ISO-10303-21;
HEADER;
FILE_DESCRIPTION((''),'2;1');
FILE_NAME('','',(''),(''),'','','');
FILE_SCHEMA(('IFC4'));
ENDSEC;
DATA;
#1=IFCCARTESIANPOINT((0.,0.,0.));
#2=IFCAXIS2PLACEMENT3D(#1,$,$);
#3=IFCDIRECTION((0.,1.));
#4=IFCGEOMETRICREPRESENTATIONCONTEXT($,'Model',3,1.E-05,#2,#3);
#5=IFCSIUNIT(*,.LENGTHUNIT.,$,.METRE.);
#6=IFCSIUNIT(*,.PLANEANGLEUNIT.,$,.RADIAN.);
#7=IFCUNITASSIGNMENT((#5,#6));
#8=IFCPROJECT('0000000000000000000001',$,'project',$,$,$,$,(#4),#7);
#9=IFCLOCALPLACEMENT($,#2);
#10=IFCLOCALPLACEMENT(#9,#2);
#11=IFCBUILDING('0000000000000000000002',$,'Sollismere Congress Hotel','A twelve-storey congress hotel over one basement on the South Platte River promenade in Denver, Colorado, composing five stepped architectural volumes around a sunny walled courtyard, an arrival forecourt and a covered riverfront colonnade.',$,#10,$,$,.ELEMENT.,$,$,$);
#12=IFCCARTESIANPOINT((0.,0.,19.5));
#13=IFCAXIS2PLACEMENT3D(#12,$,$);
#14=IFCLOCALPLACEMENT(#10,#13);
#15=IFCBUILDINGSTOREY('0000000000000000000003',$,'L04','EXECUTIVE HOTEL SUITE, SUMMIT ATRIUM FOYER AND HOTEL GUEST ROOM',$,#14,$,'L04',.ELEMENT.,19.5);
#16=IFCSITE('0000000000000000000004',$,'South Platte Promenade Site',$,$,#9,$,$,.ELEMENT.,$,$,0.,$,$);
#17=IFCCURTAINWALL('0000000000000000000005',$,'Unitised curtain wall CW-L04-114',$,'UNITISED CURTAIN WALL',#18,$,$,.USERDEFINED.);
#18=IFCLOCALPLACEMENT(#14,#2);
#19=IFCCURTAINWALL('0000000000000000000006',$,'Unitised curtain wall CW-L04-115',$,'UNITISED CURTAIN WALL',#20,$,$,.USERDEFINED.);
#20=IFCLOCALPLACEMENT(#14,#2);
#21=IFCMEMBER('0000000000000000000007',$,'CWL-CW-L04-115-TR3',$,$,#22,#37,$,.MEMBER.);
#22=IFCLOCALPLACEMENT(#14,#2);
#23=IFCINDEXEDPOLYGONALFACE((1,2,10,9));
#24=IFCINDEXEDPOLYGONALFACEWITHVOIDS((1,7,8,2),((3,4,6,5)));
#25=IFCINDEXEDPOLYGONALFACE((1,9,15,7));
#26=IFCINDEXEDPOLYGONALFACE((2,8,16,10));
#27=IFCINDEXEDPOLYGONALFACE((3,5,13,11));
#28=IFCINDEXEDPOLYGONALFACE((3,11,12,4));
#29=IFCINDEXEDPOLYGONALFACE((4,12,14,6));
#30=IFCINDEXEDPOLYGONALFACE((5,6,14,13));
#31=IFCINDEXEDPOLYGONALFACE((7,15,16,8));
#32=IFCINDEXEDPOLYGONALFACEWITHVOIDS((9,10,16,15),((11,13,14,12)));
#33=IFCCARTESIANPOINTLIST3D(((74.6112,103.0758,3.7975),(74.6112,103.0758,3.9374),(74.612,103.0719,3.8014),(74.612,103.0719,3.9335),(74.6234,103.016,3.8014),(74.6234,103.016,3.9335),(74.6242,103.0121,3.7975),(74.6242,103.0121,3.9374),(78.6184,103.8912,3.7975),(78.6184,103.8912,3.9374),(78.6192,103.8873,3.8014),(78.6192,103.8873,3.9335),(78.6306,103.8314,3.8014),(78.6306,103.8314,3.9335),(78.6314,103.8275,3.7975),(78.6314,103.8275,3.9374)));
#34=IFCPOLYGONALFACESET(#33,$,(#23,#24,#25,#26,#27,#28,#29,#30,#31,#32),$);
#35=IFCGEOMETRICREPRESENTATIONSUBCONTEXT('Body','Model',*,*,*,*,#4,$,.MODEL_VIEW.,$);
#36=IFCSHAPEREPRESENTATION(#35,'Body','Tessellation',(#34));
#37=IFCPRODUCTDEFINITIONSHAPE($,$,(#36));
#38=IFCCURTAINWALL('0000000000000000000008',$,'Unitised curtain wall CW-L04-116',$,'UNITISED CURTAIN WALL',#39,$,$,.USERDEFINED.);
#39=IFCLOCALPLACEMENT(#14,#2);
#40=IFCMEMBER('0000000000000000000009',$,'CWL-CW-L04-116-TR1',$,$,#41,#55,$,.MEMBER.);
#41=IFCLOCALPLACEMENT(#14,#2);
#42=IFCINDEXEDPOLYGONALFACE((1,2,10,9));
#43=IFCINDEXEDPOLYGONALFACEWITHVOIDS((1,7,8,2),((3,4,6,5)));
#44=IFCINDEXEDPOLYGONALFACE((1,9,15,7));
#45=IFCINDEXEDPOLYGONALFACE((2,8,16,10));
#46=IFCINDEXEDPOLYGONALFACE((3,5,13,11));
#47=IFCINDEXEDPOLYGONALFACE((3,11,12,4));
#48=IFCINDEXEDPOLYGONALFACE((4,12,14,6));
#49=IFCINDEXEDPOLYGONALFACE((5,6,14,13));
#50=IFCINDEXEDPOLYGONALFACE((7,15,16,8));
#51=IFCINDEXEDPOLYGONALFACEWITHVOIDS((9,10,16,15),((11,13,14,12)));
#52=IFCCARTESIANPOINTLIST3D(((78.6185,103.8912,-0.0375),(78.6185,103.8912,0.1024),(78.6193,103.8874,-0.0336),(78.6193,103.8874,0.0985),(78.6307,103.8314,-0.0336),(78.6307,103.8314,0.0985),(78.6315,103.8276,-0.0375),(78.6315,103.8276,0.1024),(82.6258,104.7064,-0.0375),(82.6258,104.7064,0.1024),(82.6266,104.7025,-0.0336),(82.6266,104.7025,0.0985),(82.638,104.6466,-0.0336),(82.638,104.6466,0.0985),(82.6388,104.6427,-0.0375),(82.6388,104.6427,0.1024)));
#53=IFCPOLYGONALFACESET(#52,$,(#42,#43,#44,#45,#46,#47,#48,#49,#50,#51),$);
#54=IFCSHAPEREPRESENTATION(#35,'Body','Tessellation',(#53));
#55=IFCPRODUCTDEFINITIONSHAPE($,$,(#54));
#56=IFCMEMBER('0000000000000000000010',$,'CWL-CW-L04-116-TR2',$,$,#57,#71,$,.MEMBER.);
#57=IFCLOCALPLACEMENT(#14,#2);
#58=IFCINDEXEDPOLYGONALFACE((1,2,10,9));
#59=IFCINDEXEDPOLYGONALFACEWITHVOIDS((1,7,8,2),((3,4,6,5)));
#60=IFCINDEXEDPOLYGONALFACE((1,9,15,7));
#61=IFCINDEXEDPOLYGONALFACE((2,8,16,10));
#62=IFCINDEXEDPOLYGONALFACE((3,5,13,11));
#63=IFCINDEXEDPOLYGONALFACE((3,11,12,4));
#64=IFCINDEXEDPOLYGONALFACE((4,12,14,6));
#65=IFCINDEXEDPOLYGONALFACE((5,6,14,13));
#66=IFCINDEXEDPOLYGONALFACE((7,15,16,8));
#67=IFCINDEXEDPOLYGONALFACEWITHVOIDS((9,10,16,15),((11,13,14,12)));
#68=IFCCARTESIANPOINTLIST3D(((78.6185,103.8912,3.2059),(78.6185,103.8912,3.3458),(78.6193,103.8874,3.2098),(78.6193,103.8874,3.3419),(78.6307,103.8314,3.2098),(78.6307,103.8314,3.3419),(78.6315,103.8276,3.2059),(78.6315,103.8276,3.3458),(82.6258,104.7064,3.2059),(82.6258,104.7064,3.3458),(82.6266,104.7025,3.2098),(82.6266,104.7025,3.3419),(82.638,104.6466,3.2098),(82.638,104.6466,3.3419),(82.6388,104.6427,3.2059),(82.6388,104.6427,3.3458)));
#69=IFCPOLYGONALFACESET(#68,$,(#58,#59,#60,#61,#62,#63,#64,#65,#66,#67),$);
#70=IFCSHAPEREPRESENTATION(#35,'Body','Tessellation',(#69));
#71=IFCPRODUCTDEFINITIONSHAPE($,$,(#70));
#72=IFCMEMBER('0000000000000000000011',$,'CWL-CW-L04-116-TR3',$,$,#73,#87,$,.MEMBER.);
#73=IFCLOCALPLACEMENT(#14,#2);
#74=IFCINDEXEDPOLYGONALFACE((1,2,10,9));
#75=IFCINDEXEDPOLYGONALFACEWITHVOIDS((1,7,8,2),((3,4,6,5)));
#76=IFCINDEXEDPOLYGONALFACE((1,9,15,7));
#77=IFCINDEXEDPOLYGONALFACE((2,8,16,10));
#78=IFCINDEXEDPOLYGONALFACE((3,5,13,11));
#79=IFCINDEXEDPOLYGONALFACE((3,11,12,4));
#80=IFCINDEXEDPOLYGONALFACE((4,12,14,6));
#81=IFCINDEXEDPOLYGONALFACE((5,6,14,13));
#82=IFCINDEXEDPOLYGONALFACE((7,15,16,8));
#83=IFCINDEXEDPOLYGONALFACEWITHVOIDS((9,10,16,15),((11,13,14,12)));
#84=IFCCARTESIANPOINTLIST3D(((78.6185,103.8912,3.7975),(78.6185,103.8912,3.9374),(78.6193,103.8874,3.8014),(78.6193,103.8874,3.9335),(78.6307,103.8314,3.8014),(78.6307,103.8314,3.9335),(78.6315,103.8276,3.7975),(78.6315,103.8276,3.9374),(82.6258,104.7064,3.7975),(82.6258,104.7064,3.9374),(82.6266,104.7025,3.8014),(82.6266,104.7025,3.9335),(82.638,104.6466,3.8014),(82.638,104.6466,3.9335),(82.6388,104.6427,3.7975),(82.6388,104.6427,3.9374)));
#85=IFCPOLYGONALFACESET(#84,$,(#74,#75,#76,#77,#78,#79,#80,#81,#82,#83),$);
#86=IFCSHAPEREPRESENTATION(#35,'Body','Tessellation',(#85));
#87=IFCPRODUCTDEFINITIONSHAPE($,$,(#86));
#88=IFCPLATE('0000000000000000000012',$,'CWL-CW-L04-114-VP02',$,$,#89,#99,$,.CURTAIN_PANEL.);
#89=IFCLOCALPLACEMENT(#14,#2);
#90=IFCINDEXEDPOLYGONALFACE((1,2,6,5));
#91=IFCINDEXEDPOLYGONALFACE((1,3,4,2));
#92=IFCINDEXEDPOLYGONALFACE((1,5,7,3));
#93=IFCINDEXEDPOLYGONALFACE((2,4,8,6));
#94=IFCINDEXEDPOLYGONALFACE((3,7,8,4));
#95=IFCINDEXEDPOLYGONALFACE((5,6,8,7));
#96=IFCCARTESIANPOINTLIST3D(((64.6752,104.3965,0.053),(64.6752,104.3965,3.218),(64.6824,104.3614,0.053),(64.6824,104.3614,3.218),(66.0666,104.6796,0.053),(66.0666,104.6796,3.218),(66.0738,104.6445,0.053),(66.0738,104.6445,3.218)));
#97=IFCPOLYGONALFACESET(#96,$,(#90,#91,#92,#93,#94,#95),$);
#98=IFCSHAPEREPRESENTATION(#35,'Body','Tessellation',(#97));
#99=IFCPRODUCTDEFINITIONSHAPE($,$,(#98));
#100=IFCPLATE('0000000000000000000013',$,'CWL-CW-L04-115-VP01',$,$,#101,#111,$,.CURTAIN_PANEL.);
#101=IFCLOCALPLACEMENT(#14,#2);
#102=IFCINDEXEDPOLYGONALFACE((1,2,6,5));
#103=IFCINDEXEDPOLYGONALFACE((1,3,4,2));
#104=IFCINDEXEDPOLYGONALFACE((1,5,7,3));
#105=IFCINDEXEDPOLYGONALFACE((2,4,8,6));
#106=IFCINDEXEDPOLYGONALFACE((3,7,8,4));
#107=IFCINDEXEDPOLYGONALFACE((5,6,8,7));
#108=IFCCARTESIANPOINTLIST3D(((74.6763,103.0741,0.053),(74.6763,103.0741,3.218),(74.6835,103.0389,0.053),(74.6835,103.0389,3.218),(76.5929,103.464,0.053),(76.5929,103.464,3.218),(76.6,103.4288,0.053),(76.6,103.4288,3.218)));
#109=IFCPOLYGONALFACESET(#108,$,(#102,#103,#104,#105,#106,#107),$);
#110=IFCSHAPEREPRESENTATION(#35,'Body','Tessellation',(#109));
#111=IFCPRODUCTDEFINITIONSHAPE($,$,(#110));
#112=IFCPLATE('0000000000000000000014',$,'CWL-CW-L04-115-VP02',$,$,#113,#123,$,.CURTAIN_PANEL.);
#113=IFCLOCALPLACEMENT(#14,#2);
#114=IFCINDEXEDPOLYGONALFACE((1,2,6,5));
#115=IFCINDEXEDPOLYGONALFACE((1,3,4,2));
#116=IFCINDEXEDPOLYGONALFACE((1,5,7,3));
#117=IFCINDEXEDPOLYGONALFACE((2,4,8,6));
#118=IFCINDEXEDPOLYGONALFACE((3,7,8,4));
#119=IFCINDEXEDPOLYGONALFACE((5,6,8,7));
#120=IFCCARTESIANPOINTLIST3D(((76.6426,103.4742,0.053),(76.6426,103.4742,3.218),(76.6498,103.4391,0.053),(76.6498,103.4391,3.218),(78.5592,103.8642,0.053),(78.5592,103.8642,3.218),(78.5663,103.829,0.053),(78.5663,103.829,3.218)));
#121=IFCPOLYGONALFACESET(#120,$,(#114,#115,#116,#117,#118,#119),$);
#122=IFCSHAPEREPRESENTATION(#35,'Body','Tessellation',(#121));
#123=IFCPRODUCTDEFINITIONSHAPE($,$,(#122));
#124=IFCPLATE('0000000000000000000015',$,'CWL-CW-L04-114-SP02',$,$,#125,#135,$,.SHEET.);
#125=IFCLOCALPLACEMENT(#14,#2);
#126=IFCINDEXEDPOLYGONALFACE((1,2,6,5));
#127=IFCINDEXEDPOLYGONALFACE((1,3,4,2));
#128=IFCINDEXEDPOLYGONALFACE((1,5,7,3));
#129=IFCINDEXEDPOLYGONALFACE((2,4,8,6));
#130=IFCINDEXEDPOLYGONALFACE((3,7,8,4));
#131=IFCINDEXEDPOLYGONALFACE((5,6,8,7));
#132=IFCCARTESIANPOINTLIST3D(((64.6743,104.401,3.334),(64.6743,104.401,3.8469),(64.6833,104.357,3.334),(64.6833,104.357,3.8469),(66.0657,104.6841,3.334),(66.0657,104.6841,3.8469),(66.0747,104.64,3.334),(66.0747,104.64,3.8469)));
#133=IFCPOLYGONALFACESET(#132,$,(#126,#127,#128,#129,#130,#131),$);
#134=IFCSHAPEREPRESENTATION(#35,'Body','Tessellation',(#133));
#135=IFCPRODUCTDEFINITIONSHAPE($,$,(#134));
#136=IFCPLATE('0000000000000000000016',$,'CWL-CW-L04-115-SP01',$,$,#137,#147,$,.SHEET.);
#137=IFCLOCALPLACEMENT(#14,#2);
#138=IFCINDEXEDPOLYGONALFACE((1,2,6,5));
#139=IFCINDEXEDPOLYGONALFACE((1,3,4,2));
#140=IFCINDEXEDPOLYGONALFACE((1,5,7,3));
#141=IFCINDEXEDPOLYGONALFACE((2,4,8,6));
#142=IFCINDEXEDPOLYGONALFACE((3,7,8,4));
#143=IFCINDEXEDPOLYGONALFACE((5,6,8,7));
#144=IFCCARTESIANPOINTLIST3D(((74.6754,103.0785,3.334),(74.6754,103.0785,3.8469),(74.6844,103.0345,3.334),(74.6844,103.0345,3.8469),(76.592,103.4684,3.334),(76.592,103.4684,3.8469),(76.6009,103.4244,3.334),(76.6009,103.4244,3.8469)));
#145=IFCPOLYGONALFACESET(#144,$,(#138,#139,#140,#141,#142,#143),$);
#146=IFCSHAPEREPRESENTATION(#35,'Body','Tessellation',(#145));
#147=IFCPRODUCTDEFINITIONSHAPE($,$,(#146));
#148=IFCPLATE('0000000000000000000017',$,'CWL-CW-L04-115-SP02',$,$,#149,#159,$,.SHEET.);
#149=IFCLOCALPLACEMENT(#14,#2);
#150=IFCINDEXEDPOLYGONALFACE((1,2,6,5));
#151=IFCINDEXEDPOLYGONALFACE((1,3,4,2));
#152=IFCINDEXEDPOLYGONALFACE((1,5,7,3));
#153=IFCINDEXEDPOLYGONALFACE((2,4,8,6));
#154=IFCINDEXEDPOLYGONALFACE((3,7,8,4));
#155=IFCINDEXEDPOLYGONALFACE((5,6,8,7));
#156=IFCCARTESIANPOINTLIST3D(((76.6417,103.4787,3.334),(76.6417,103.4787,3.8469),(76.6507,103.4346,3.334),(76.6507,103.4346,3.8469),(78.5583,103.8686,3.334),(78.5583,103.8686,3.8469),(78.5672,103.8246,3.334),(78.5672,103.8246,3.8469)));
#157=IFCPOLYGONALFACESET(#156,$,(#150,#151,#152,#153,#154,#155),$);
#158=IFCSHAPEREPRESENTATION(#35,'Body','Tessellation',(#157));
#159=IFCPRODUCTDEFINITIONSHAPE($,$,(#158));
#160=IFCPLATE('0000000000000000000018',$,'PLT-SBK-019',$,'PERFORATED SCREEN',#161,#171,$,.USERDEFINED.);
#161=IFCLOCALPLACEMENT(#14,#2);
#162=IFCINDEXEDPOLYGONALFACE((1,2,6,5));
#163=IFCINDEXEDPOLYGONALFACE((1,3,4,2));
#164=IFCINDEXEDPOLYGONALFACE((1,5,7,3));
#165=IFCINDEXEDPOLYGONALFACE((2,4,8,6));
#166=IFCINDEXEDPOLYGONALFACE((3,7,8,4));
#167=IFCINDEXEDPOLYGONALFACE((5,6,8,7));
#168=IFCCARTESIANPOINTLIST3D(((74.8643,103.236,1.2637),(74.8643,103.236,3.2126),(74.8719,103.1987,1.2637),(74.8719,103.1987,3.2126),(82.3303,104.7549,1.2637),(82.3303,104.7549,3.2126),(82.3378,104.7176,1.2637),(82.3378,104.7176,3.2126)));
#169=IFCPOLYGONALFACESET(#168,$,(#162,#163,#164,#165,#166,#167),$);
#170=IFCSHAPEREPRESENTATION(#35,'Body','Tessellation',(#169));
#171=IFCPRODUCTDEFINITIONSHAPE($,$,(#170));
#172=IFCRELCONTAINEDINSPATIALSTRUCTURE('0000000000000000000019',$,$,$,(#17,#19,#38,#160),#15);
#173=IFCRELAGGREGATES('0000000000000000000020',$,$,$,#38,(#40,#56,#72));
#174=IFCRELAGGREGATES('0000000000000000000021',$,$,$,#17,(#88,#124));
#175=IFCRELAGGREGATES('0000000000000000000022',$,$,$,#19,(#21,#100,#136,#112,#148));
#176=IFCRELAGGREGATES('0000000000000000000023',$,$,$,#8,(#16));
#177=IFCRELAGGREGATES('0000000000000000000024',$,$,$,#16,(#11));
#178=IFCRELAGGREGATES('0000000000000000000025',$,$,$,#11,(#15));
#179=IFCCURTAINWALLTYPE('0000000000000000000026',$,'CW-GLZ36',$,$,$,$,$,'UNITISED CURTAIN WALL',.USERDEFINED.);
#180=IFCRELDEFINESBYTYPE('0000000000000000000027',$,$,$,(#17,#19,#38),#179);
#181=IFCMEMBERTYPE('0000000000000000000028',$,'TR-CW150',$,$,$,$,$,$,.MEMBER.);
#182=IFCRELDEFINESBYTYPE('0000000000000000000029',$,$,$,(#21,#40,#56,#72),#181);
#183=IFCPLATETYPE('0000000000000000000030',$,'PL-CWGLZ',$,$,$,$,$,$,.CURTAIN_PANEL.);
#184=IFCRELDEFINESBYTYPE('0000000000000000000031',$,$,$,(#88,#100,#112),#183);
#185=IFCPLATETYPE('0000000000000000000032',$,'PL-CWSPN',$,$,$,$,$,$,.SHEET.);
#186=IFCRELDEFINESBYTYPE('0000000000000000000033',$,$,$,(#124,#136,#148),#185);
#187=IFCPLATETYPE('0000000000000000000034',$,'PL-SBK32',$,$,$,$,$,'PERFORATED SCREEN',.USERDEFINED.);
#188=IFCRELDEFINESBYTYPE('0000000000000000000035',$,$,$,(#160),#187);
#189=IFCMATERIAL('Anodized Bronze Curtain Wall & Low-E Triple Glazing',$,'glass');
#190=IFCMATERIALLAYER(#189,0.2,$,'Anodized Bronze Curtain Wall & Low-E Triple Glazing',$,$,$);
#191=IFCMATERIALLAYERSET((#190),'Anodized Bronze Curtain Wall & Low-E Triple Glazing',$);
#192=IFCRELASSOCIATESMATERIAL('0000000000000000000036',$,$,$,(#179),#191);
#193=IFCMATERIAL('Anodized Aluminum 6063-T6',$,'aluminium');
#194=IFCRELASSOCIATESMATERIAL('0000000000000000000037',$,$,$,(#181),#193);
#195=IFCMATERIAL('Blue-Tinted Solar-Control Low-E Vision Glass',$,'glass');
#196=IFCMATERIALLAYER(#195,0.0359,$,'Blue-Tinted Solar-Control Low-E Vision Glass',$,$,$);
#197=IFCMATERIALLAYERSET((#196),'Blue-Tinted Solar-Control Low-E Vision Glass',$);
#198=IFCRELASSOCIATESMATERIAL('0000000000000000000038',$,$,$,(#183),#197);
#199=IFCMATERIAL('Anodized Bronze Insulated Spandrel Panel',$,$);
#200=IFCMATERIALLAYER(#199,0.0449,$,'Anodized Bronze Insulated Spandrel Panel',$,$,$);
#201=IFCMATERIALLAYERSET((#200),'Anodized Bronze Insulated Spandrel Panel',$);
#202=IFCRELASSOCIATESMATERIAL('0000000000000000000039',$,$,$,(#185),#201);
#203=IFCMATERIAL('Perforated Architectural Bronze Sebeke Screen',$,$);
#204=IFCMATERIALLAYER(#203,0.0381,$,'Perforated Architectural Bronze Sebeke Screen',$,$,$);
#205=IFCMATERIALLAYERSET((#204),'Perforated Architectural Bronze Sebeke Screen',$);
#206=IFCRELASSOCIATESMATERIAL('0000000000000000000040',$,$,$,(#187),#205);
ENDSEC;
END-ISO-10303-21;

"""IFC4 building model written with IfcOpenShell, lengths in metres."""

from ifc_helpers import new_model, si_unit, direction, frame, origin, origin_2d, place, context, subcontext, project, spatial, rectangle, hollow_rectangle, extrude, material, layer, layer_set, material_profile, profile_set, type_object, element, aggregate, save


model = new_model("IFC4")

# Units and contexts
model_context = context("Model", 3, precision=1e-05, world=origin(), true_north=direction((0.0, 1.0)))
body_context = subcontext(model_context, "Body", "Model", "MODEL_VIEW")
ifc_project = project(units=[si_unit("LENGTHUNIT", "METRE"), si_unit("PLANEANGLEUNIT", "RADIAN")], contexts=[model_context])

# Site, building, storey
site_placement = place(None, origin())
site = spatial("IfcSite", under=ifc_project, at=site_placement, Name="South Platte Promenade Site", CompositionType="ELEMENT", RefElevation=0.0)
building_placement = place(site_placement, origin())
building = spatial("IfcBuilding", under=site, at=building_placement, Name="Sollismere Congress Hotel", Description="A twelve-storey congress hotel over one basement on the South Platte River promenade in Denver, Colorado, composing five stepped architectural volumes around a sunny walled courtyard, an arrival forecourt and a covered riverfront colonnade.", CompositionType="ELEMENT")
storey_placement = place(building_placement, frame((0.0, 0.0, 19.5)))
storey = spatial("IfcBuildingStorey", under=building, at=storey_placement, Name="L04", Description="EXECUTIVE HOTEL SUITE, SUMMIT ATRIUM FOYER AND HOTEL GUEST ROOM", LongName="L04", CompositionType="ELEMENT", Elevation=19.5)

# Curtain walls, members
ifc_material_1 = material(Name="Anodized Bronze Curtain Wall & Low-E Triple Glazing", Category="glass")
ifc_layer_1 = layer(ifc_material_1, 0.2, Name="Anodized Bronze Curtain Wall & Low-E Triple Glazing")
ifc_layer_set_1 = layer_set([ifc_layer_1], Name="Anodized Bronze Curtain Wall & Low-E Triple Glazing")
curtain_wall_type = type_object("IfcCurtainWallType", Name="CW-GLZ36", ElementType="UNITISED CURTAIN WALL", PredefinedType="USERDEFINED", material=ifc_layer_set_1)
curtain_wall_1_placement = place(storey_placement, origin())
curtain_wall_1 = element("IfcCurtainWall", 1, at=curtain_wall_1_placement, inside=storey, type_object=curtain_wall_type, Name="Unitised curtain wall CW-L04-114", ObjectType="UNITISED CURTAIN WALL", PredefinedType="USERDEFINED")
ifc_material_2 = material(Name="Anodized Aluminum 6063-T6", Category="aluminium")
curtain_wall_2_placement = place(storey_placement, origin())
curtain_wall_2 = element("IfcCurtainWall", 2, at=curtain_wall_2_placement, inside=storey, type_object=curtain_wall_type, Name="Unitised curtain wall CW-L04-115", ObjectType="UNITISED CURTAIN WALL", PredefinedType="USERDEFINED")
ifc_material_profile_1 = material_profile(ifc_material_2, hollow_rectangle(XDim=0.0649, YDim=0.1399, WallThickness=0.0039, at=origin_2d()), Name="ALU140X65X4")
ifc_profile_set_1 = profile_set([ifc_material_profile_1], Name="Anodized Aluminum 6063-T6")
member_type_1 = type_object("IfcMemberType", Name="TR-CW150", PredefinedType="MEMBER", material=ifc_profile_set_1)
member_1_placement = place(storey_placement, frame((74.6177, 103.0439, 3.8674), z_axis=(0.979918, 0.199399, 0.0), x_axis=(-0.199399, 0.979918, 0.0)))
member_1 = element("IfcMember", 3, at=member_1_placement, type_object=member_type_1, Name="CWL-CW-L04-115-TR3", PredefinedType="MEMBER", context=body_context, shape_type="SweptSolid", body=[
    extrude(hollow_rectangle(XDim=0.0649, YDim=0.1399, WallThickness=0.0039, at=origin_2d()), origin(), (0.0, 0.0, 1.0), 4.0894),
])
curtain_wall_3_placement = place(storey_placement, origin())
curtain_wall_3 = element("IfcCurtainWall", 4, at=curtain_wall_3_placement, inside=storey, type_object=curtain_wall_type, Name="Unitised curtain wall CW-L04-116", ObjectType="UNITISED CURTAIN WALL", PredefinedType="USERDEFINED")
member_2_placement = place(storey_placement, frame((78.625, 103.8594, 0.0325), z_axis=(0.97993, 0.199341, 0.0), x_axis=(-0.199341, 0.97993, 0.0)))
member_2 = element("IfcMember", 5, at=member_2_placement, type_object=member_type_1, Name="CWL-CW-L04-116-TR1", PredefinedType="MEMBER", context=body_context, shape_type="SweptSolid", body=[
    extrude(hollow_rectangle(XDim=0.0649, YDim=0.1399, WallThickness=0.0039, at=origin_2d()), origin(), (0.0, 0.0, 1.0), 4.0894),
])
member_3_placement = place(storey_placement, frame((78.625, 103.8594, 3.2759), z_axis=(0.97993, 0.199341, 0.0), x_axis=(-0.199341, 0.97993, 0.0)))
member_3 = element("IfcMember", 6, at=member_3_placement, type_object=member_type_1, Name="CWL-CW-L04-116-TR2", PredefinedType="MEMBER", context=body_context, shape_type="SweptSolid", body=[
    extrude(hollow_rectangle(XDim=0.0649, YDim=0.1399, WallThickness=0.0039, at=origin_2d()), origin(), (0.0, 0.0, 1.0), 4.0894),
])
member_4_placement = place(storey_placement, frame((78.625, 103.8594, 3.8674), z_axis=(0.97993, 0.199341, 0.0), x_axis=(-0.199341, 0.97993, 0.0)))
member_4 = element("IfcMember", 7, at=member_4_placement, type_object=member_type_1, Name="CWL-CW-L04-116-TR3", PredefinedType="MEMBER", context=body_context, shape_type="SweptSolid", body=[
    extrude(hollow_rectangle(XDim=0.0649, YDim=0.1399, WallThickness=0.0039, at=origin_2d()), origin(), (0.0, 0.0, 1.0), 4.0894),
])
aggregate(curtain_wall_3, [member_2, member_3, member_4])

# Plates
ifc_material_3 = material(Name="Blue-Tinted Solar-Control Low-E Vision Glass", Category="glass")
ifc_layer_2 = layer(ifc_material_3, 0.0359, Name="Blue-Tinted Solar-Control Low-E Vision Glass")
ifc_layer_set_2 = layer_set([ifc_layer_2], Name="Blue-Tinted Solar-Control Low-E Vision Glass")
plate_type_1 = type_object("IfcPlateType", Name="PL-CWGLZ", PredefinedType="CURTAIN_PANEL", material=ifc_layer_set_2)
plate_1_placement = place(storey_placement, frame((65.3745, 104.5205, 0.053), z_axis=(0.0, 0.0, 1.0), x_axis=(0.979925, 0.199368, 0.0)))
plate_1 = element("IfcPlate", 8, at=plate_1_placement, type_object=plate_type_1, Name="CWL-CW-L04-114-VP02", PredefinedType="CURTAIN_PANEL", context=body_context, shape_type="SweptSolid", body=[
    extrude(rectangle(XDim=1.4199, YDim=0.0359, at=origin_2d()), origin(), (0.0, 0.0, 1.0), 3.165),
])
plate_2_placement = place(storey_placement, frame((75.6382, 103.2515, 0.053), z_axis=(0.0, 0.0, 1.0), x_axis=(0.979925, 0.199368, 0.0)))
plate_2 = element("IfcPlate", 9, at=plate_2_placement, type_object=plate_type_1, Name="CWL-CW-L04-115-VP01", PredefinedType="CURTAIN_PANEL", context=body_context, shape_type="SweptSolid", body=[
    extrude(rectangle(XDim=1.9558, YDim=0.0359, at=origin_2d()), origin(), (0.0, 0.0, 1.0), 3.165),
])
plate_3_placement = place(storey_placement, frame((77.6045, 103.6516, 0.053), z_axis=(0.0, 0.0, 1.0), x_axis=(0.979925, 0.199368, 0.0)))
plate_3 = element("IfcPlate", 10, at=plate_3_placement, type_object=plate_type_1, Name="CWL-CW-L04-115-VP02", PredefinedType="CURTAIN_PANEL", context=body_context, shape_type="SweptSolid", body=[
    extrude(rectangle(XDim=1.9558, YDim=0.0359, at=origin_2d()), origin(), (0.0, 0.0, 1.0), 3.165),
])
ifc_material_4 = material(Name="Anodized Bronze Insulated Spandrel Panel")
ifc_layer_3 = layer(ifc_material_4, 0.0449, Name="Anodized Bronze Insulated Spandrel Panel")
ifc_layer_set_3 = layer_set([ifc_layer_3], Name="Anodized Bronze Insulated Spandrel Panel")
plate_type_2 = type_object("IfcPlateType", Name="PL-CWSPN", PredefinedType="SHEET", material=ifc_layer_set_3)
plate_4_placement = place(storey_placement, frame((65.3745, 104.5205, 3.334), z_axis=(0.0, 0.0, 1.0), x_axis=(0.979925, 0.199368, 0.0)))
plate_4 = element("IfcPlate", 11, at=plate_4_placement, type_object=plate_type_2, Name="CWL-CW-L04-114-SP02", PredefinedType="SHEET", context=body_context, shape_type="SweptSolid", body=[
    extrude(rectangle(XDim=1.4199, YDim=0.0449, at=origin_2d()), origin(), (0.0, 0.0, 1.0), 0.5129),
])
aggregate(curtain_wall_1, [plate_1, plate_4])
plate_5_placement = place(storey_placement, frame((75.6382, 103.2515, 3.334), z_axis=(0.0, 0.0, 1.0), x_axis=(0.979925, 0.199368, 0.0)))
plate_5 = element("IfcPlate", 12, at=plate_5_placement, type_object=plate_type_2, Name="CWL-CW-L04-115-SP01", PredefinedType="SHEET", context=body_context, shape_type="SweptSolid", body=[
    extrude(rectangle(XDim=1.9558, YDim=0.0449, at=origin_2d()), origin(), (0.0, 0.0, 1.0), 0.5129),
])
plate_6_placement = place(storey_placement, frame((77.6045, 103.6516, 3.334), z_axis=(0.0, 0.0, 1.0), x_axis=(0.979925, 0.199368, 0.0)))
plate_6 = element("IfcPlate", 13, at=plate_6_placement, type_object=plate_type_2, Name="CWL-CW-L04-115-SP02", PredefinedType="SHEET", context=body_context, shape_type="SweptSolid", body=[
    extrude(rectangle(XDim=1.9558, YDim=0.0449, at=origin_2d()), origin(), (0.0, 0.0, 1.0), 0.5129),
])
aggregate(curtain_wall_2, [member_1, plate_2, plate_5, plate_3, plate_6])
ifc_material_5 = material(Name="Perforated Architectural Bronze Sebeke Screen")
ifc_layer_4 = layer(ifc_material_5, 0.0381, Name="Perforated Architectural Bronze Sebeke Screen")
ifc_layer_set_4 = layer_set([ifc_layer_4], Name="Perforated Architectural Bronze Sebeke Screen")
plate_type_3 = type_object("IfcPlateType", Name="PL-SBK32", ElementType="PERFORATED SCREEN", PredefinedType="USERDEFINED", material=ifc_layer_set_4)
plate_7_placement = place(storey_placement, frame((78.6011, 103.9768, 1.2637), z_axis=(0.0, 0.0, 1.0), x_axis=(0.979925, 0.199368, 0.0)))
element("IfcPlate", 14, at=plate_7_placement, inside=storey, type_object=plate_type_3, Name="PLT-SBK-019", ObjectType="PERFORATED SCREEN", PredefinedType="USERDEFINED", context=body_context, shape_type="SweptSolid", body=[
    extrude(rectangle(XDim=7.6189, YDim=0.0381, at=origin_2d()), origin(), (0.0, 0.0, 1.0), 1.949),
])

save(model, "model.ifc")
